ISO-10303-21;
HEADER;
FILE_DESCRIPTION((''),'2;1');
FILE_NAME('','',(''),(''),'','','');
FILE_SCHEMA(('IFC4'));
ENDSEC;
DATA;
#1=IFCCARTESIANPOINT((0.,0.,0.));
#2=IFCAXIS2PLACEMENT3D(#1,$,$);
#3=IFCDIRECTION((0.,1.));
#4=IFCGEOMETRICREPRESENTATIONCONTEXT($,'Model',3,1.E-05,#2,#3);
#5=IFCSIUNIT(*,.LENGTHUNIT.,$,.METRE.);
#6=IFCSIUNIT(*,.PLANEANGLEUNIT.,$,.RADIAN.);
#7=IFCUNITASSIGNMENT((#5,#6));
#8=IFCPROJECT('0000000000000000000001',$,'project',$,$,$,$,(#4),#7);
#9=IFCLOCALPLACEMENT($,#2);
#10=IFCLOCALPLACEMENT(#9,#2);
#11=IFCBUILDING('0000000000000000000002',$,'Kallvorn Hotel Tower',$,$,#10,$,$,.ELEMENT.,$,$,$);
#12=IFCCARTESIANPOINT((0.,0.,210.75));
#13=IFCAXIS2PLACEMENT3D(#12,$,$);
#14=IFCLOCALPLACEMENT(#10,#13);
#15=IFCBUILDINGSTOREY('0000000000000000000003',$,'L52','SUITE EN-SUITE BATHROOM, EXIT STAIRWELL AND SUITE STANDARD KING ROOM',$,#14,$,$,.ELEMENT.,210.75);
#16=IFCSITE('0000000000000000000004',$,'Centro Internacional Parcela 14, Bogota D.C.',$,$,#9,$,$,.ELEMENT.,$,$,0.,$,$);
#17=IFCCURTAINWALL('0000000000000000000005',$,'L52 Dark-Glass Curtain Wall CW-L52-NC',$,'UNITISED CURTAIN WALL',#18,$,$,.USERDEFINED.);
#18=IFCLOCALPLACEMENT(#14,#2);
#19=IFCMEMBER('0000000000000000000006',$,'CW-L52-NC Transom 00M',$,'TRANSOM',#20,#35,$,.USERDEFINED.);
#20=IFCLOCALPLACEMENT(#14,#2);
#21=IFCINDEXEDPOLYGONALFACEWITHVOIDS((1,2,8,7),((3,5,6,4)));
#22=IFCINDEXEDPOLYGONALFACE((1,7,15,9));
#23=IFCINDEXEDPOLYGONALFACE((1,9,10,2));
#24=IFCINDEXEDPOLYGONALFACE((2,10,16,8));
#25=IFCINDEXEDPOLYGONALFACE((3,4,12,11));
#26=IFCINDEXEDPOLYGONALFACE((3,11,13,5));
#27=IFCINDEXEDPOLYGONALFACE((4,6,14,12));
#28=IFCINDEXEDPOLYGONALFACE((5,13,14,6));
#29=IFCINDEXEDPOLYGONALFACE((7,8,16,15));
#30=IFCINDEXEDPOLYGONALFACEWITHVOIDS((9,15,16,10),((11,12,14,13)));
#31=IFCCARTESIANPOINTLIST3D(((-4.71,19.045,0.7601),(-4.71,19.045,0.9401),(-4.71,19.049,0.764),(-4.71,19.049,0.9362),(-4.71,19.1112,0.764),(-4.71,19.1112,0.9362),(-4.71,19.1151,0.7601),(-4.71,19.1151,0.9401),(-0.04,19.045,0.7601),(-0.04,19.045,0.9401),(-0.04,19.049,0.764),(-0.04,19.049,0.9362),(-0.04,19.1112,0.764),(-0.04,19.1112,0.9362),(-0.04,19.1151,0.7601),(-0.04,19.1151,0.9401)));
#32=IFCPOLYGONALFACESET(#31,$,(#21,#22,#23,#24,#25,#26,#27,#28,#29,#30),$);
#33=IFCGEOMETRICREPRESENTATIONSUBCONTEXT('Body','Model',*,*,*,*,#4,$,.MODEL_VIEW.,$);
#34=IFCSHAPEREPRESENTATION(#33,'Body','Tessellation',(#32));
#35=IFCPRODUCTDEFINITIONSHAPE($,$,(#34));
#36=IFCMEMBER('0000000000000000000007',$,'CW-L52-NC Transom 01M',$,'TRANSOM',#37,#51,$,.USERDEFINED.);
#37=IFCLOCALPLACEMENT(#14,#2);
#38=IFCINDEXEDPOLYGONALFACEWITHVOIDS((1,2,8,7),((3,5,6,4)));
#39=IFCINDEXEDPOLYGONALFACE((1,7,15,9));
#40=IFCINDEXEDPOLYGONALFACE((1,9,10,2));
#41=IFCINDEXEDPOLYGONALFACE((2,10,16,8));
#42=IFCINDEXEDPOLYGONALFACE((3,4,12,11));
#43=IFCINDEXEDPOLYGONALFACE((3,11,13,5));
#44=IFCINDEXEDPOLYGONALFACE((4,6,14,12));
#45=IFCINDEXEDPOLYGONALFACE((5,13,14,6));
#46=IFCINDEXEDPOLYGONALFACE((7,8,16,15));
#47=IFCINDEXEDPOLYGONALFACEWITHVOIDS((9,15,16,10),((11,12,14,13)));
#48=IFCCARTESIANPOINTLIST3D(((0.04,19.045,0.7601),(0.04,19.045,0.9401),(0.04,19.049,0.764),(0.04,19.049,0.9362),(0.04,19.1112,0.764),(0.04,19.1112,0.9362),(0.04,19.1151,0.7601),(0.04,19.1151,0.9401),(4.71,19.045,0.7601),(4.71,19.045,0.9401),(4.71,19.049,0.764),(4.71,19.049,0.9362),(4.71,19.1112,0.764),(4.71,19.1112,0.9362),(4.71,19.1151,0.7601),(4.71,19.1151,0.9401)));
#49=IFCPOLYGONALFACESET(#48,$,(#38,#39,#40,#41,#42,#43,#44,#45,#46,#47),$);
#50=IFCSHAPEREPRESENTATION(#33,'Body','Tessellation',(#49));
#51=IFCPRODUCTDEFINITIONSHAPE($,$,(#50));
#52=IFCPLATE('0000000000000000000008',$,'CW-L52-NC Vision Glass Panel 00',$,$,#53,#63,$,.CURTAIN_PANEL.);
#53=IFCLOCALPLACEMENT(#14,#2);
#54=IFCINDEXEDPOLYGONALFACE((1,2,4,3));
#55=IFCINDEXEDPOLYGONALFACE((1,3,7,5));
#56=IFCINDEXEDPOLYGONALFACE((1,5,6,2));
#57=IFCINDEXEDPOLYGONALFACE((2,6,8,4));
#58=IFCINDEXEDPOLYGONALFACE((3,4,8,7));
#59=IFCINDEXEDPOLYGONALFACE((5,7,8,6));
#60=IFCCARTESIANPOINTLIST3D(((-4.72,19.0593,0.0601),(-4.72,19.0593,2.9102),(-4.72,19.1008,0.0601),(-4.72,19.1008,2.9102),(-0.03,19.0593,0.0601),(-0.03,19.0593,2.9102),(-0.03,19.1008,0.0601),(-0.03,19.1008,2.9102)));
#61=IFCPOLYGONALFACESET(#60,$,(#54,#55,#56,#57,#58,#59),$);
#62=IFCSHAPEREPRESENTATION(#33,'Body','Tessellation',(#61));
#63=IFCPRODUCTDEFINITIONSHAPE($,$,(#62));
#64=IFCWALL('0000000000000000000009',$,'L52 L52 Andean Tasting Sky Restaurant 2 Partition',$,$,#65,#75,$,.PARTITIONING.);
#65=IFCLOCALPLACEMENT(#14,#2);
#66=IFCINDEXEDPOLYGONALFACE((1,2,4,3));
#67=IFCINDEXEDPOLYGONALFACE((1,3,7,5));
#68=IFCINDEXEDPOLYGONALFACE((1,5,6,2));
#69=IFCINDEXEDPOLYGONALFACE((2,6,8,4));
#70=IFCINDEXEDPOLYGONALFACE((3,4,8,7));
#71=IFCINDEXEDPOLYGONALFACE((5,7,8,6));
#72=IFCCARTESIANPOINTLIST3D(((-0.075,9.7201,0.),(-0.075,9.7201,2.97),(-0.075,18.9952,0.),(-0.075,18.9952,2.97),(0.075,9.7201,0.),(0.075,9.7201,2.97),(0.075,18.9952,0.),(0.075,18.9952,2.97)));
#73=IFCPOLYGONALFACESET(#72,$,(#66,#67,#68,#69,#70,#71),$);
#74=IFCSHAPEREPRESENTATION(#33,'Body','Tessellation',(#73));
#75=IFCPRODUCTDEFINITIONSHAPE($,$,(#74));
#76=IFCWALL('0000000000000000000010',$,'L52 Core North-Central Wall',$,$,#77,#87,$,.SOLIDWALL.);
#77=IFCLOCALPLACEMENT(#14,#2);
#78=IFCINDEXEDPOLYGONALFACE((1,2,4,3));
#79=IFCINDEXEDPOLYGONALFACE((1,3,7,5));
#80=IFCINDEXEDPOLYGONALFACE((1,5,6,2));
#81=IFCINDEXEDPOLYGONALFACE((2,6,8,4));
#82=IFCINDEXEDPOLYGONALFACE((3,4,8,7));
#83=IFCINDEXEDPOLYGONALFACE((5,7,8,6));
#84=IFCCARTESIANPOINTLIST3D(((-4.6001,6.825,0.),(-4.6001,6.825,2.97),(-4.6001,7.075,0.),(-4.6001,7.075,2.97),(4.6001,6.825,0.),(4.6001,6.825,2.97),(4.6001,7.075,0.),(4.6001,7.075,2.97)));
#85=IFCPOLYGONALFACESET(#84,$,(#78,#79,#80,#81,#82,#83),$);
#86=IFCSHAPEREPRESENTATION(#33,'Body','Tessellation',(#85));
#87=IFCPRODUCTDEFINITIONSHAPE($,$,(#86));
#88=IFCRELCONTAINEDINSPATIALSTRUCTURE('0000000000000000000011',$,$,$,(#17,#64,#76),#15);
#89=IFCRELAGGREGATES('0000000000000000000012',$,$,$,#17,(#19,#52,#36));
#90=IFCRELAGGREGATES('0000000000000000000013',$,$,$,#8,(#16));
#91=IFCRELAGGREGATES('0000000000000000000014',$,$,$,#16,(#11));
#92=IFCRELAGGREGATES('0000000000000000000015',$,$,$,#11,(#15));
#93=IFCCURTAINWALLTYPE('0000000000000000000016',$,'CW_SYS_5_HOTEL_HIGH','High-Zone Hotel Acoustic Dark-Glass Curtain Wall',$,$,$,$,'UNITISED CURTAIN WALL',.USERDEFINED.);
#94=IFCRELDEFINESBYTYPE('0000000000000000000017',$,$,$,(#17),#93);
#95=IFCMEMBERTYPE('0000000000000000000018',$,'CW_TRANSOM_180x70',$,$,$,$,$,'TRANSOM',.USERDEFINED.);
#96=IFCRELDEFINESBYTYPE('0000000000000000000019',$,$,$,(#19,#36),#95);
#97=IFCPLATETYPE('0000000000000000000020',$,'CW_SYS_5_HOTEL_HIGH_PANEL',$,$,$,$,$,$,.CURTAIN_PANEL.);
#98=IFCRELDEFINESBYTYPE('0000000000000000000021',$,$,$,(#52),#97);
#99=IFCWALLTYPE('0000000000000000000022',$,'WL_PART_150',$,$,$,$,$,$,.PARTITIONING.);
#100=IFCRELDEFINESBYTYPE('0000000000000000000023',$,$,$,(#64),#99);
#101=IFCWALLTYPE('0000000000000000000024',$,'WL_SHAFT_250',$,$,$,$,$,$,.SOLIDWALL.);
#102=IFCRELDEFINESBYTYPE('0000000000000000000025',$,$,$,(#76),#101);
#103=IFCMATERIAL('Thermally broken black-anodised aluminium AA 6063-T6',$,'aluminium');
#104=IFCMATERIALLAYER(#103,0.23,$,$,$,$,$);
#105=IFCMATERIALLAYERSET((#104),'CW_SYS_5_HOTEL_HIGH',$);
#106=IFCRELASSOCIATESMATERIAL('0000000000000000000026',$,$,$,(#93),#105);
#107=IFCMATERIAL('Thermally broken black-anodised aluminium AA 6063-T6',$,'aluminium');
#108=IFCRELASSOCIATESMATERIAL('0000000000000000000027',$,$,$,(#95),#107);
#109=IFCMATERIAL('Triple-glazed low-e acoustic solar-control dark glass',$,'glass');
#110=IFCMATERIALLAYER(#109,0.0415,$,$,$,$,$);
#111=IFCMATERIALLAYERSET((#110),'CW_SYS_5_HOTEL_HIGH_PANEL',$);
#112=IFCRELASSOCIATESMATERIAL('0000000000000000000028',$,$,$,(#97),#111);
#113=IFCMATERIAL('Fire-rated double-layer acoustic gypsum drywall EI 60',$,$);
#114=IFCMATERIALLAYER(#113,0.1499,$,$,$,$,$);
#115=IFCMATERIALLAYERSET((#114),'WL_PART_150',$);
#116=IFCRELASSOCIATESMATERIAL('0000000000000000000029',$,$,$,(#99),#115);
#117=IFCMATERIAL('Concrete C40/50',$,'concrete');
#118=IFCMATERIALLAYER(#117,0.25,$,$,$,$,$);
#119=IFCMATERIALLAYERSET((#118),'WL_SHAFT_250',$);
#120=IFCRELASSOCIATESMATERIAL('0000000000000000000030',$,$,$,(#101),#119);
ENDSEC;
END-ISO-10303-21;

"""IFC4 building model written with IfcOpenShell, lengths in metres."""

from ifc_helpers import new_model, si_unit, direction, frame, frame_2d, origin, origin_2d, place, context, subcontext, project, spatial, rectangle, hollow_rectangle, extrude, material, layer, layer_set, material_profile, profile_set, type_object, element, aggregate, save


model = new_model("IFC4")

# Units and contexts
model_context = context("Model", 3, precision=1e-05, world=origin(), true_north=direction((0.0, 1.0)))
body_context = subcontext(model_context, "Body", "Model", "MODEL_VIEW")
ifc_project = project(units=[si_unit("LENGTHUNIT", "METRE"), si_unit("PLANEANGLEUNIT", "RADIAN")], contexts=[model_context])

# Site, building, storey
site_placement = place(None, origin())
site = spatial("IfcSite", under=ifc_project, at=site_placement, Name="Centro Internacional Parcela 14, Bogota D.C.", CompositionType="ELEMENT", RefElevation=0.0)
building_placement = place(site_placement, origin())
building = spatial("IfcBuilding", under=site, at=building_placement, Name="Kallvorn Hotel Tower", CompositionType="ELEMENT")
storey_placement = place(building_placement, frame((0.0, 0.0, 210.75)))
storey = spatial("IfcBuildingStorey", under=building, at=storey_placement, Name="L52", Description="SUITE EN-SUITE BATHROOM, EXIT STAIRWELL AND SUITE STANDARD KING ROOM", CompositionType="ELEMENT", Elevation=210.75)

# Curtain wall, members, plate
ifc_material_1 = material(Name="Thermally broken black-anodised aluminium AA 6063-T6", Category="aluminium")
ifc_layer_1 = layer(ifc_material_1, 0.23)
ifc_layer_set_1 = layer_set([ifc_layer_1], Name="CW_SYS_5_HOTEL_HIGH")
curtain_wall_type = type_object("IfcCurtainWallType", Name="CW_SYS_5_HOTEL_HIGH", Description="High-Zone Hotel Acoustic Dark-Glass Curtain Wall", ElementType="UNITISED CURTAIN WALL", PredefinedType="USERDEFINED", material=ifc_layer_set_1)
curtain_wall_placement = place(storey_placement, origin())
curtain_wall = element("IfcCurtainWall", 1, at=curtain_wall_placement, inside=storey, type_object=curtain_wall_type, Name="L52 Dark-Glass Curtain Wall CW-L52-NC", ObjectType="UNITISED CURTAIN WALL", PredefinedType="USERDEFINED")
ifc_material_2 = material(Name="Thermally broken black-anodised aluminium AA 6063-T6", Category="aluminium")
ifc_material_profile_1 = material_profile(ifc_material_2, hollow_rectangle(XDim=0.0701, YDim=0.1799, WallThickness=0.0039, at=origin_2d()), Name="TRN 180x70")
ifc_profile_set_1 = profile_set([ifc_material_profile_1], Name="Thermally broken black-anodised aluminium AA 6063-T6")
member_type_1 = type_object("IfcMemberType", Name="CW_TRANSOM_180x70", ElementType="TRANSOM", PredefinedType="USERDEFINED", material=ifc_profile_set_1)
member_1_placement = place(storey_placement, frame((-4.71, 19.0801, 0.8501), z_axis=(1.0, 0.0, 0.0), x_axis=(0.0, 1.0, 0.0)))
member_1 = element("IfcMember", 2, at=member_1_placement, type_object=member_type_1, Name="CW-L52-NC Transom 00M", ObjectType="TRANSOM", PredefinedType="USERDEFINED", context=body_context, shape_type="SweptSolid", body=[
    extrude(hollow_rectangle(XDim=0.0701, YDim=0.1799, WallThickness=0.0039, at=origin_2d()), origin(), (0.0, 0.0, 1.0), 4.6699),
])
member_2_placement = place(storey_placement, frame((0.04, 19.0801, 0.8501), z_axis=(1.0, 0.0, 0.0), x_axis=(0.0, 1.0, 0.0)))
member_2 = element("IfcMember", 3, at=member_2_placement, type_object=member_type_1, Name="CW-L52-NC Transom 01M", ObjectType="TRANSOM", PredefinedType="USERDEFINED", context=body_context, shape_type="SweptSolid", body=[
    extrude(hollow_rectangle(XDim=0.0701, YDim=0.1799, WallThickness=0.0039, at=origin_2d()), origin(), (0.0, 0.0, 1.0), 4.6699),
])
ifc_material_3 = material(Name="Triple-glazed low-e acoustic solar-control dark glass", Category="glass")
ifc_layer_2 = layer(ifc_material_3, 0.0415)
ifc_layer_set_2 = layer_set([ifc_layer_2], Name="CW_SYS_5_HOTEL_HIGH_PANEL")
plate_type = type_object("IfcPlateType", Name="CW_SYS_5_HOTEL_HIGH_PANEL", PredefinedType="CURTAIN_PANEL", material=ifc_layer_set_2)
plate_placement = place(storey_placement, frame((-2.375, 19.0801, 0.0601), z_axis=(0.0, 0.0, 1.0), x_axis=(1.0, 0.0, 0.0)))
plate = element("IfcPlate", 4, at=plate_placement, type_object=plate_type, Name="CW-L52-NC Vision Glass Panel 00", PredefinedType="CURTAIN_PANEL", context=body_context, shape_type="SweptSolid", body=[
    extrude(rectangle(XDim=4.6899, YDim=0.0415, at=origin_2d()), origin(), (0.0, 0.0, 1.0), 2.8501),
])
aggregate(curtain_wall, [member_1, plate, member_2])

# Walls
ifc_material_4 = material(Name="Fire-rated double-layer acoustic gypsum drywall EI 60")
ifc_layer_3 = layer(ifc_material_4, 0.1499)
ifc_layer_set_3 = layer_set([ifc_layer_3], Name="WL_PART_150")
wall_type_1 = type_object("IfcWallType", Name="WL_PART_150", PredefinedType="PARTITIONING", material=ifc_layer_set_3)
wall_1_placement = place(storey_placement, frame((0.0, 9.72, 0.0), z_axis=(0.0, 0.0, 1.0), x_axis=(0.0, 1.0, 0.0)))
element("IfcWall", 5, at=wall_1_placement, inside=storey, type_object=wall_type_1, Name="L52 L52 Andean Tasting Sky Restaurant 2 Partition", PredefinedType="PARTITIONING", context=body_context, shape_type="SweptSolid", body=[
    extrude(rectangle(XDim=9.2751, YDim=0.1499, at=frame_2d((4.6377, 0.0))), origin(), (0.0, 0.0, 1.0), 2.97),
])
ifc_material_5 = material(Name="Concrete C40/50", Category="concrete")
ifc_layer_4 = layer(ifc_material_5, 0.25)
ifc_layer_set_4 = layer_set([ifc_layer_4], Name="WL_SHAFT_250")
wall_type_2 = type_object("IfcWallType", Name="WL_SHAFT_250", PredefinedType="SOLIDWALL", material=ifc_layer_set_4)
wall_2_placement = place(storey_placement, frame((-4.6001, 6.95, 0.0), z_axis=(0.0, 0.0, 1.0), x_axis=(1.0, 0.0, 0.0)))
element("IfcWall", 6, at=wall_2_placement, inside=storey, type_object=wall_type_2, Name="L52 Core North-Central Wall", PredefinedType="SOLIDWALL", context=body_context, shape_type="SweptSolid", body=[
    extrude(rectangle(XDim=9.2002, YDim=0.25, at=frame_2d((4.6001, 0.0))), origin(), (0.0, 0.0, 1.0), 2.97),
])

save(model, "model.ifc")
